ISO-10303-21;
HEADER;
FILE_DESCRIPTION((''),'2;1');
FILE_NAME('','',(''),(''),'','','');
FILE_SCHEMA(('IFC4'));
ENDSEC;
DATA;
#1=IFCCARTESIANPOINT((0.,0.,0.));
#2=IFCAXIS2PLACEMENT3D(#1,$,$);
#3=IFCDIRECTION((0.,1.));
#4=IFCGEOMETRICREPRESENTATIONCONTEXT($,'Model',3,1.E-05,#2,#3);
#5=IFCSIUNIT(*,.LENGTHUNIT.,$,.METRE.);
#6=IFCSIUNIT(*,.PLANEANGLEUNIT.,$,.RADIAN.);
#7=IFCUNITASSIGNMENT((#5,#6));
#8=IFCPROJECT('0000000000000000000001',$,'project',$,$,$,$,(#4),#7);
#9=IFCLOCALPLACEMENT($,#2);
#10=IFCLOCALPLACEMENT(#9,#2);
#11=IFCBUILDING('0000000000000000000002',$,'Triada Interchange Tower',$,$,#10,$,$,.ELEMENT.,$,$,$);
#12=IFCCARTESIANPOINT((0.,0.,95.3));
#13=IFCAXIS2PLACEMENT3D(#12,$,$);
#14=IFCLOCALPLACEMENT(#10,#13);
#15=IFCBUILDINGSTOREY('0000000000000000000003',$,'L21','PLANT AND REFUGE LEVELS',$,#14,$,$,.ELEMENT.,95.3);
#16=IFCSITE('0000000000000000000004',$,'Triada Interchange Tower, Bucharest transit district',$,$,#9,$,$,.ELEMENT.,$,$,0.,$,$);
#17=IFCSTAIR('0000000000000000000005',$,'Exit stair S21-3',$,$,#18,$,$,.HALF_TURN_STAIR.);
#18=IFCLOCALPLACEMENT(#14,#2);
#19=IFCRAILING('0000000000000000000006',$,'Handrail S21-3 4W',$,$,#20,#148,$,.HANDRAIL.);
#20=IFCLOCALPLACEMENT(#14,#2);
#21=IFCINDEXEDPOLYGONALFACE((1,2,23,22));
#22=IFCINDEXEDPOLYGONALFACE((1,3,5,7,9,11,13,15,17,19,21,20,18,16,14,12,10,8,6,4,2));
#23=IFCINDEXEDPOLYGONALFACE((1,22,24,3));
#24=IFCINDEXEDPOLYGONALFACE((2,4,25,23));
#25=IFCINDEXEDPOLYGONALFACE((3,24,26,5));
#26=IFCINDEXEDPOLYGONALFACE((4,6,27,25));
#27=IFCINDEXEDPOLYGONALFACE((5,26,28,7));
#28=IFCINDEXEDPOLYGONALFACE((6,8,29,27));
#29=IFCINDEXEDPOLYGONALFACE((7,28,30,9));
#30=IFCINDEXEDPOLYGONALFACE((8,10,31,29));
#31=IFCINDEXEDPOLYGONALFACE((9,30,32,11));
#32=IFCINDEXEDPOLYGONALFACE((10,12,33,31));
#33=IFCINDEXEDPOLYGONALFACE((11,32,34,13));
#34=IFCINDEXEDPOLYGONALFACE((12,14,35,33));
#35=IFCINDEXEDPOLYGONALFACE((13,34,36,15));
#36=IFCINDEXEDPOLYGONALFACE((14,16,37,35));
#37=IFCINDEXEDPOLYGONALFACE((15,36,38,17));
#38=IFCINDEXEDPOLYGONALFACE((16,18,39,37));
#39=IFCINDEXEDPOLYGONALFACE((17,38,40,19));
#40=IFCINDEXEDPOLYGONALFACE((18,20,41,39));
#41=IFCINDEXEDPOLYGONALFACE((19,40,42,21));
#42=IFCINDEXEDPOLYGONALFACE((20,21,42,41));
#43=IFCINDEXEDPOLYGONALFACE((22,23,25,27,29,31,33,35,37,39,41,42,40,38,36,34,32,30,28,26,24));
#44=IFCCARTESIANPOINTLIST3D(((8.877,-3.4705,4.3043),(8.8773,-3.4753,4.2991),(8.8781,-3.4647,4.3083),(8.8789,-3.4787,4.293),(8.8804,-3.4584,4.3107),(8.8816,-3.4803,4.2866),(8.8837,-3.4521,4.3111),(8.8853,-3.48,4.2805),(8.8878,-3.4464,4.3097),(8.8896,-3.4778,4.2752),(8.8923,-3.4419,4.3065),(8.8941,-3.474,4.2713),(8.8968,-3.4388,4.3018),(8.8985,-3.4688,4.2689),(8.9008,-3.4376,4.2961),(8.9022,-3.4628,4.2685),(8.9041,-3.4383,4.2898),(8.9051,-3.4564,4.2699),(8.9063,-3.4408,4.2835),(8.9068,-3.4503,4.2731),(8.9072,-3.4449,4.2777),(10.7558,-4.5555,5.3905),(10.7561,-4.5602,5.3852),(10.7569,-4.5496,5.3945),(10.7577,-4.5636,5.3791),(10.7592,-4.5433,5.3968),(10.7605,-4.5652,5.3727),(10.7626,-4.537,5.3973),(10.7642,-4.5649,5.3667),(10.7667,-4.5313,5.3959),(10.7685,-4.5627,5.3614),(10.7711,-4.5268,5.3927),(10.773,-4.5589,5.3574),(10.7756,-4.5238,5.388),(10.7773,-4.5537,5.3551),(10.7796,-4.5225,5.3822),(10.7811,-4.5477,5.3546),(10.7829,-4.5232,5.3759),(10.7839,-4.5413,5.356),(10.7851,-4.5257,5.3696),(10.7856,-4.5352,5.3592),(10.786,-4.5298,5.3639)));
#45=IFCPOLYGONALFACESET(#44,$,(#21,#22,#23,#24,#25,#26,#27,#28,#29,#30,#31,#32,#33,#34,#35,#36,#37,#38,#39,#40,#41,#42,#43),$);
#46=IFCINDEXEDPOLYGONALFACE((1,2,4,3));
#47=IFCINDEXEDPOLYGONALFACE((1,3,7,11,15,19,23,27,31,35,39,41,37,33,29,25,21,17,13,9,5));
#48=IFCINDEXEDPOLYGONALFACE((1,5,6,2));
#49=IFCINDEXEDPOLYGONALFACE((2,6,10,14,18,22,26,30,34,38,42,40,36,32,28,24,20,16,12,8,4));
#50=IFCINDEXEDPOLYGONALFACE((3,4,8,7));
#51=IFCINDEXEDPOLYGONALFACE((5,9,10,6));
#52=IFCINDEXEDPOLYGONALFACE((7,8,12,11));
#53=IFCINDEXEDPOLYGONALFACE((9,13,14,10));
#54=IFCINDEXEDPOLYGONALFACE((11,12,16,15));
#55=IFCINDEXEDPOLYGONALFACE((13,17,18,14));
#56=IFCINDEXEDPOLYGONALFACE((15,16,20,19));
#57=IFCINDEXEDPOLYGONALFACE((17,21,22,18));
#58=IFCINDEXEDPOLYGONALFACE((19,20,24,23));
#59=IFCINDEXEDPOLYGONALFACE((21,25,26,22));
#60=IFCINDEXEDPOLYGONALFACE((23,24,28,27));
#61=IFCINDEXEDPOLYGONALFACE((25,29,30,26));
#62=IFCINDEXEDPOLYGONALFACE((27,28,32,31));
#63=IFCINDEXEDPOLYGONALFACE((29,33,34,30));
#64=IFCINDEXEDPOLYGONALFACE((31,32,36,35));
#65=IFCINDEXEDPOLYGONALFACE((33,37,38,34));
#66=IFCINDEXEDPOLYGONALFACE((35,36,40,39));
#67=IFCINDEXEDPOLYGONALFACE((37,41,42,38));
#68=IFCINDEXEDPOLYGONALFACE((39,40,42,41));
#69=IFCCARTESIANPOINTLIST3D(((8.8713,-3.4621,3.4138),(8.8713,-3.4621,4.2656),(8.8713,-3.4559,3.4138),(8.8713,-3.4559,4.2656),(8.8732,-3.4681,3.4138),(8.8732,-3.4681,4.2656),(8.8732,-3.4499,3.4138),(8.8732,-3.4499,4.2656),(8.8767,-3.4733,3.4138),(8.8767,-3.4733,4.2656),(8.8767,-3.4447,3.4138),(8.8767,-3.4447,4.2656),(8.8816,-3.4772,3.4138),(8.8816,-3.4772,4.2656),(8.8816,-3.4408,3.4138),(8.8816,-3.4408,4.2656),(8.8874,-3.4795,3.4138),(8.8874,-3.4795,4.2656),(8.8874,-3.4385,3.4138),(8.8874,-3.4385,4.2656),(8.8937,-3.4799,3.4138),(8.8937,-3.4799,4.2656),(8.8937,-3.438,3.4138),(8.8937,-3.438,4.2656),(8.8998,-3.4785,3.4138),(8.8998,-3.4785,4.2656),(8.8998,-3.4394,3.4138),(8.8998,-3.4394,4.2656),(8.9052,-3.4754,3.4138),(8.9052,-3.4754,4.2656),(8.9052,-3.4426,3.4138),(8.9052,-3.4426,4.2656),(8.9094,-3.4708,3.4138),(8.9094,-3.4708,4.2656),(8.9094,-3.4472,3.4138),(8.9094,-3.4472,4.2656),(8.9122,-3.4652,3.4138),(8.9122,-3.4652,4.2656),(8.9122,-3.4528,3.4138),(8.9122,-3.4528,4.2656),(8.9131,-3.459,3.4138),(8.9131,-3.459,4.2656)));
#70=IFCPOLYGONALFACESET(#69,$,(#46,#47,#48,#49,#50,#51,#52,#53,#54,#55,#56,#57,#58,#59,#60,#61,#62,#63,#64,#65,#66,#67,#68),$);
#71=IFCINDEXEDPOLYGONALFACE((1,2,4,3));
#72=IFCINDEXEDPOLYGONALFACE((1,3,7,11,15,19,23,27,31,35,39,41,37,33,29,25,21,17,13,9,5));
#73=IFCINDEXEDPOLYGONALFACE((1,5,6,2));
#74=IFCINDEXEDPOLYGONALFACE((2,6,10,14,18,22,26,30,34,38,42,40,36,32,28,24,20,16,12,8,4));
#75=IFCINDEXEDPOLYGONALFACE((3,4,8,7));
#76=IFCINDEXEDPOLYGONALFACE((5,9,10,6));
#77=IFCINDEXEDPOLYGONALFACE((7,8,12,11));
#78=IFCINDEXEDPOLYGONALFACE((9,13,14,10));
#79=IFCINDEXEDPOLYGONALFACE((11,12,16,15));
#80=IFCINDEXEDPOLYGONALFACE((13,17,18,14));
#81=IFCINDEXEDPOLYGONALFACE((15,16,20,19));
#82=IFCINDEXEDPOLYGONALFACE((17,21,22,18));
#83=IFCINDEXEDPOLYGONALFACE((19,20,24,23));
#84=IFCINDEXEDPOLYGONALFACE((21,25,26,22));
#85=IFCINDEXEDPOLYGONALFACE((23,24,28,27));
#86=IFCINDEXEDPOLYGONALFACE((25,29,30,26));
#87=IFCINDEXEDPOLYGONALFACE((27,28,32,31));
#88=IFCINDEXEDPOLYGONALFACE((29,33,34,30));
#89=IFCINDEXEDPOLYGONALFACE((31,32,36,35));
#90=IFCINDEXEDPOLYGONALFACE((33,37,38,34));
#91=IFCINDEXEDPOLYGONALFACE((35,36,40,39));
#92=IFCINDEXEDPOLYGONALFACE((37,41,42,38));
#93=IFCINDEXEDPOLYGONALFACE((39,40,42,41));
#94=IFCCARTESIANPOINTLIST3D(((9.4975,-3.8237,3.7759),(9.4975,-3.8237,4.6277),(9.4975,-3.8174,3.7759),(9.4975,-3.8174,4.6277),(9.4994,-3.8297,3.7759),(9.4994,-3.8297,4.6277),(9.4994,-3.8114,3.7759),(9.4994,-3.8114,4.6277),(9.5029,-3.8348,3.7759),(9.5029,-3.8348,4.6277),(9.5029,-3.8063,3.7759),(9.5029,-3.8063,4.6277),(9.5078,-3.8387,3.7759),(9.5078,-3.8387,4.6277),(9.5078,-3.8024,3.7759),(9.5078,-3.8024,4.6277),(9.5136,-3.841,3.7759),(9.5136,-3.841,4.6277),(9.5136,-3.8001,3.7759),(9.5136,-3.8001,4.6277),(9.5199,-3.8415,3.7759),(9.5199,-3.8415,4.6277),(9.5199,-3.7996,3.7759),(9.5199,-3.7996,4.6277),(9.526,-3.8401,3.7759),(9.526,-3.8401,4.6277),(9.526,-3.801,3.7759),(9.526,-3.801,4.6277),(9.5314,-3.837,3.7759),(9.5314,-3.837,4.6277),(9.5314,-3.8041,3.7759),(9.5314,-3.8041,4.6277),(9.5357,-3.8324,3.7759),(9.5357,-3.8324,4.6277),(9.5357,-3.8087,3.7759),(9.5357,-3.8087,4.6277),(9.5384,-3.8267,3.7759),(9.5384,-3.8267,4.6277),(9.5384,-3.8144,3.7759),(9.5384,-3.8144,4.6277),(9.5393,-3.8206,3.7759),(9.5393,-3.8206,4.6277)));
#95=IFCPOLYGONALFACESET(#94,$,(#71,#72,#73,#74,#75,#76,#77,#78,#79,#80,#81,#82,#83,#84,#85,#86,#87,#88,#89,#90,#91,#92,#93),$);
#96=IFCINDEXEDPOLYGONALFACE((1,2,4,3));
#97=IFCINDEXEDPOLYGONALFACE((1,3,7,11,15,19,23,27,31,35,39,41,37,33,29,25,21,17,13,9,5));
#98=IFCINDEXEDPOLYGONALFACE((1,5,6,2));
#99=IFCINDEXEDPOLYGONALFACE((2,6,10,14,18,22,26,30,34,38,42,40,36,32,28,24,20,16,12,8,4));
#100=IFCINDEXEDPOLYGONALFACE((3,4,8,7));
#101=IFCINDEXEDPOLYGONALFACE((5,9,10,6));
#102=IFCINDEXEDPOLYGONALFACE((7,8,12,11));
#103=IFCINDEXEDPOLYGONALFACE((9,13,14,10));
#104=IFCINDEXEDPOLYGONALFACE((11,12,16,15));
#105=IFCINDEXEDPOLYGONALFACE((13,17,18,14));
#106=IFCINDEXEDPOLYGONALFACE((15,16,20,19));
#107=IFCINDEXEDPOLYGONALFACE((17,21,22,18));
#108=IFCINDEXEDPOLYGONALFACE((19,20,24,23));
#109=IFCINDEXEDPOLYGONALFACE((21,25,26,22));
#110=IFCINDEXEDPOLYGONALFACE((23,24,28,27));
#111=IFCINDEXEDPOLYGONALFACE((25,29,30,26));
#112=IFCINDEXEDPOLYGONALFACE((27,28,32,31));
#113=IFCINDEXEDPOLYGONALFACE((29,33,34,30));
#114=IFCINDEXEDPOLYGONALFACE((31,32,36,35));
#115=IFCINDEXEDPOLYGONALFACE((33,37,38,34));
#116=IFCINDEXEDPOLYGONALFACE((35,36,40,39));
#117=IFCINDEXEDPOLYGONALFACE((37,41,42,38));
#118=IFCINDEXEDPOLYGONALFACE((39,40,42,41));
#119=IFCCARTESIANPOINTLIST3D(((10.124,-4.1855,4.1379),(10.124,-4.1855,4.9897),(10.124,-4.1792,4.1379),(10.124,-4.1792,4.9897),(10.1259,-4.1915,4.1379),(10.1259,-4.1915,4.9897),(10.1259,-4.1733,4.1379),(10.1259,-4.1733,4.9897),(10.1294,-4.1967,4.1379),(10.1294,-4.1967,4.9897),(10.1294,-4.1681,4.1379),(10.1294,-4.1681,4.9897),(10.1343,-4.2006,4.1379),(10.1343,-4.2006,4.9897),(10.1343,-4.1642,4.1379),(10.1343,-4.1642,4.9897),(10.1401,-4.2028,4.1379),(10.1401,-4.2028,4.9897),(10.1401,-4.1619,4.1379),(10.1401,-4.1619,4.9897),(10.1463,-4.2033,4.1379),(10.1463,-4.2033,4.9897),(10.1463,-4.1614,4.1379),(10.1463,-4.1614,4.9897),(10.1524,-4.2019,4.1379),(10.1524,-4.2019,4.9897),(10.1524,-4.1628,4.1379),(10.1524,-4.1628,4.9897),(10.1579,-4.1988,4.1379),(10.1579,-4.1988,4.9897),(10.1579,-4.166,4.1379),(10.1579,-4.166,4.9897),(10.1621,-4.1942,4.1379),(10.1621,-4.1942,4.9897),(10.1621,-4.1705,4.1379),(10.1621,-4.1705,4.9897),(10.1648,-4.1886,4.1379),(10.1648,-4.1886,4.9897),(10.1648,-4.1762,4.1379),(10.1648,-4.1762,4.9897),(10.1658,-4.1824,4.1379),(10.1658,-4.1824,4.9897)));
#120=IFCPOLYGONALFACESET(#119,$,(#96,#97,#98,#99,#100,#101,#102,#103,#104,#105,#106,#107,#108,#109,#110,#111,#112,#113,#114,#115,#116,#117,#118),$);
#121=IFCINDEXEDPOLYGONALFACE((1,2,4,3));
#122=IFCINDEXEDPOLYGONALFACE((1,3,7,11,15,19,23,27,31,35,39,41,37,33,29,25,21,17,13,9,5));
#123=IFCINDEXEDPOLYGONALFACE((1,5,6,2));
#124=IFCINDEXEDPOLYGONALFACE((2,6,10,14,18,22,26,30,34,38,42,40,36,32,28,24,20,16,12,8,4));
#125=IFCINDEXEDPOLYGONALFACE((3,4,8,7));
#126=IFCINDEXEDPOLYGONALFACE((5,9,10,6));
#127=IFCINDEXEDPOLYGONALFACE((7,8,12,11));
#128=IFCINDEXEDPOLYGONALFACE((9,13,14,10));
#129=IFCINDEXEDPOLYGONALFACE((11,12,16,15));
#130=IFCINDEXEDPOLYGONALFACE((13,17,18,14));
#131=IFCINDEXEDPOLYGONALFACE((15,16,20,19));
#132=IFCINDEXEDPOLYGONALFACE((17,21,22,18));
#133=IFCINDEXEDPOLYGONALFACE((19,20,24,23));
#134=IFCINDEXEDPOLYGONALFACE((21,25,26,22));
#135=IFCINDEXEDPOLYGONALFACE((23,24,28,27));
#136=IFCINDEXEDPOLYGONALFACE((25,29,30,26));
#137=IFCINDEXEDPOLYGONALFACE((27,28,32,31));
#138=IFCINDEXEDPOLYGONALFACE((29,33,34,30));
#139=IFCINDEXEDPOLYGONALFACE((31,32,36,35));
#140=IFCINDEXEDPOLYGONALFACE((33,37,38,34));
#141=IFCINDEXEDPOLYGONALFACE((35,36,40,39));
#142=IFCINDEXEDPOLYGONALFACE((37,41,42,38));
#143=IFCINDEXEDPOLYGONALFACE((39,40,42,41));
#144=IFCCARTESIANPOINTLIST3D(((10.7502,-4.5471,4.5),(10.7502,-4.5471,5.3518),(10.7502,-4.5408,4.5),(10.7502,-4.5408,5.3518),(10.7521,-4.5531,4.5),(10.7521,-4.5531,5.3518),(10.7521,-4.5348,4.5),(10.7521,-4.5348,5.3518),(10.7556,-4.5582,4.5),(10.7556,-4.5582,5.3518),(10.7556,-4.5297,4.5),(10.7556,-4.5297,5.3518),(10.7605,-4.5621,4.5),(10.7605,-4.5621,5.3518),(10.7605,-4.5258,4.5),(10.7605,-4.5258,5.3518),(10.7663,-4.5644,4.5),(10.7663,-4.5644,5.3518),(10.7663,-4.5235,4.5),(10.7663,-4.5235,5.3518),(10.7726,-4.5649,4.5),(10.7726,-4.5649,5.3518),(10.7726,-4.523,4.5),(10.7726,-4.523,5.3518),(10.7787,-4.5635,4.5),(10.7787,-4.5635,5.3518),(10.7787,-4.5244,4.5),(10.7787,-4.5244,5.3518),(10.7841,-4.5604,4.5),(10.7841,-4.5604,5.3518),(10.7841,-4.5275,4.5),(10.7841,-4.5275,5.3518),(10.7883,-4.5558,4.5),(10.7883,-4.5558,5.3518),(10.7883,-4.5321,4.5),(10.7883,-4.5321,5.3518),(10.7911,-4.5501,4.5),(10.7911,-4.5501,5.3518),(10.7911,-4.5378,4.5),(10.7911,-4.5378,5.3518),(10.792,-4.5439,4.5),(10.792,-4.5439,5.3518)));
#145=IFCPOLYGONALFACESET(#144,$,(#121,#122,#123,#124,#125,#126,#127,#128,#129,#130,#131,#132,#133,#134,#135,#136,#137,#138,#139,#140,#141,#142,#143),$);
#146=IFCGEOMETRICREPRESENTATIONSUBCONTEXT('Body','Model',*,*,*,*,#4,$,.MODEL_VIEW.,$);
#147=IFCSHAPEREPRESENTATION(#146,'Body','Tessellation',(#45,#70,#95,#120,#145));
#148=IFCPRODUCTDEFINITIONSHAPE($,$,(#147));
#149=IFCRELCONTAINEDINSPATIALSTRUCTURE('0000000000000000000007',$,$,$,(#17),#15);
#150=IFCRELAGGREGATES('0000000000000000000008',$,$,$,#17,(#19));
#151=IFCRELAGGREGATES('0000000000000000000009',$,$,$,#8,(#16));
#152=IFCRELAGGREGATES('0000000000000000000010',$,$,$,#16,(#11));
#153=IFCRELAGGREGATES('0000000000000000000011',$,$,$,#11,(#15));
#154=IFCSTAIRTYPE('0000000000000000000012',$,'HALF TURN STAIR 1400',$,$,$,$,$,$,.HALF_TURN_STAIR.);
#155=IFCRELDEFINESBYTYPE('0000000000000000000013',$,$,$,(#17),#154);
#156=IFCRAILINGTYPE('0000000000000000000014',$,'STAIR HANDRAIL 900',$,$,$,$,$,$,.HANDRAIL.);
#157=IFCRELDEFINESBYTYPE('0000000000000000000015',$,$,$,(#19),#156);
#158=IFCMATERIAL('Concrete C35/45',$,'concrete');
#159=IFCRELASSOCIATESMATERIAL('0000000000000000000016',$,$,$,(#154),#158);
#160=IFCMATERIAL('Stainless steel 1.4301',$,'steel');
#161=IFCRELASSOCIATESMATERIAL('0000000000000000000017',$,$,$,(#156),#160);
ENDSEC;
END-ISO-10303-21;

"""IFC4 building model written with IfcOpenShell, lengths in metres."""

from ifc_helpers import new_model, si_unit, direction, frame, origin, origin_2d, place, context, subcontext, project, spatial, circle, extrude, material, type_object, element, aggregate, save


model = new_model("IFC4")

# Units and contexts
model_context = context("Model", 3, precision=1e-05, world=origin(), true_north=direction((0.0, 1.0)))
body_context = subcontext(model_context, "Body", "Model", "MODEL_VIEW")
ifc_project = project(units=[si_unit("LENGTHUNIT", "METRE"), si_unit("PLANEANGLEUNIT", "RADIAN")], contexts=[model_context])

# Site, building, storey
site_placement = place(None, origin())
site = spatial("IfcSite", under=ifc_project, at=site_placement, Name="Triada Interchange Tower, Bucharest transit district", CompositionType="ELEMENT", RefElevation=0.0)
building_placement = place(site_placement, origin())
building = spatial("IfcBuilding", under=site, at=building_placement, Name="Triada Interchange Tower", CompositionType="ELEMENT")
storey_placement = place(building_placement, frame((0.0, 0.0, 95.3)))
storey = spatial("IfcBuildingStorey", under=building, at=storey_placement, Name="L21", Description="PLANT AND REFUGE LEVELS", CompositionType="ELEMENT", Elevation=95.3)

# Shared definitions
ifc_material_1 = material(Name="Concrete C35/45", Category="concrete")

# Stair, railing
stair_type = type_object("IfcStairType", Name="HALF TURN STAIR 1400", PredefinedType="HALF_TURN_STAIR", material=ifc_material_1)
stair_placement = place(storey_placement, origin())
stair = element("IfcStair", 1, at=stair_placement, inside=storey, type_object=stair_type, Name="Exit stair S21-3", PredefinedType="HALF_TURN_STAIR")
ifc_material_2 = material(Name="Stainless steel 1.4301", Category="steel")
railing_type_1 = type_object("IfcRailingType", Name="STAIR HANDRAIL 900", PredefinedType="HANDRAIL", material=ifc_material_2)
railing_1_placement = place(storey_placement, frame((8.8921, -3.459, 3.4138)))
railing_1 = element("IfcRailing", 2, at=railing_1_placement, type_object=railing_type_1, Name="Handrail S21-3 4W", PredefinedType="HANDRAIL", context=body_context, shape_type="SweptSolid", body=[
    extrude(circle(Radius=0.0239, at=origin_2d()), frame((0.0, 0.0, 0.876), z_axis=(0.774373, -0.447156, 0.447659), x_axis=(0.50006, 0.865991, 0.0)), (0.0, 0.0, 1.0), 2.4263),
    extrude(circle(Radius=0.021, at=origin_2d()), origin(), (0.0, 0.0, 1.0), 0.8518),
    extrude(circle(Radius=0.021, at=origin_2d()), frame((0.6262, -0.3616, 0.3621)), (0.0, 0.0, 1.0), 0.8518),
    extrude(circle(Radius=0.021, at=origin_2d()), frame((1.2527, -0.7234, 0.7241)), (0.0, 0.0, 1.0), 0.8518),
    extrude(circle(Radius=0.021, at=origin_2d()), frame((1.8789, -1.085, 1.0862)), (0.0, 0.0, 1.0), 0.8518),
])
aggregate(stair, [railing_1])

save(model, "model.ifc")
